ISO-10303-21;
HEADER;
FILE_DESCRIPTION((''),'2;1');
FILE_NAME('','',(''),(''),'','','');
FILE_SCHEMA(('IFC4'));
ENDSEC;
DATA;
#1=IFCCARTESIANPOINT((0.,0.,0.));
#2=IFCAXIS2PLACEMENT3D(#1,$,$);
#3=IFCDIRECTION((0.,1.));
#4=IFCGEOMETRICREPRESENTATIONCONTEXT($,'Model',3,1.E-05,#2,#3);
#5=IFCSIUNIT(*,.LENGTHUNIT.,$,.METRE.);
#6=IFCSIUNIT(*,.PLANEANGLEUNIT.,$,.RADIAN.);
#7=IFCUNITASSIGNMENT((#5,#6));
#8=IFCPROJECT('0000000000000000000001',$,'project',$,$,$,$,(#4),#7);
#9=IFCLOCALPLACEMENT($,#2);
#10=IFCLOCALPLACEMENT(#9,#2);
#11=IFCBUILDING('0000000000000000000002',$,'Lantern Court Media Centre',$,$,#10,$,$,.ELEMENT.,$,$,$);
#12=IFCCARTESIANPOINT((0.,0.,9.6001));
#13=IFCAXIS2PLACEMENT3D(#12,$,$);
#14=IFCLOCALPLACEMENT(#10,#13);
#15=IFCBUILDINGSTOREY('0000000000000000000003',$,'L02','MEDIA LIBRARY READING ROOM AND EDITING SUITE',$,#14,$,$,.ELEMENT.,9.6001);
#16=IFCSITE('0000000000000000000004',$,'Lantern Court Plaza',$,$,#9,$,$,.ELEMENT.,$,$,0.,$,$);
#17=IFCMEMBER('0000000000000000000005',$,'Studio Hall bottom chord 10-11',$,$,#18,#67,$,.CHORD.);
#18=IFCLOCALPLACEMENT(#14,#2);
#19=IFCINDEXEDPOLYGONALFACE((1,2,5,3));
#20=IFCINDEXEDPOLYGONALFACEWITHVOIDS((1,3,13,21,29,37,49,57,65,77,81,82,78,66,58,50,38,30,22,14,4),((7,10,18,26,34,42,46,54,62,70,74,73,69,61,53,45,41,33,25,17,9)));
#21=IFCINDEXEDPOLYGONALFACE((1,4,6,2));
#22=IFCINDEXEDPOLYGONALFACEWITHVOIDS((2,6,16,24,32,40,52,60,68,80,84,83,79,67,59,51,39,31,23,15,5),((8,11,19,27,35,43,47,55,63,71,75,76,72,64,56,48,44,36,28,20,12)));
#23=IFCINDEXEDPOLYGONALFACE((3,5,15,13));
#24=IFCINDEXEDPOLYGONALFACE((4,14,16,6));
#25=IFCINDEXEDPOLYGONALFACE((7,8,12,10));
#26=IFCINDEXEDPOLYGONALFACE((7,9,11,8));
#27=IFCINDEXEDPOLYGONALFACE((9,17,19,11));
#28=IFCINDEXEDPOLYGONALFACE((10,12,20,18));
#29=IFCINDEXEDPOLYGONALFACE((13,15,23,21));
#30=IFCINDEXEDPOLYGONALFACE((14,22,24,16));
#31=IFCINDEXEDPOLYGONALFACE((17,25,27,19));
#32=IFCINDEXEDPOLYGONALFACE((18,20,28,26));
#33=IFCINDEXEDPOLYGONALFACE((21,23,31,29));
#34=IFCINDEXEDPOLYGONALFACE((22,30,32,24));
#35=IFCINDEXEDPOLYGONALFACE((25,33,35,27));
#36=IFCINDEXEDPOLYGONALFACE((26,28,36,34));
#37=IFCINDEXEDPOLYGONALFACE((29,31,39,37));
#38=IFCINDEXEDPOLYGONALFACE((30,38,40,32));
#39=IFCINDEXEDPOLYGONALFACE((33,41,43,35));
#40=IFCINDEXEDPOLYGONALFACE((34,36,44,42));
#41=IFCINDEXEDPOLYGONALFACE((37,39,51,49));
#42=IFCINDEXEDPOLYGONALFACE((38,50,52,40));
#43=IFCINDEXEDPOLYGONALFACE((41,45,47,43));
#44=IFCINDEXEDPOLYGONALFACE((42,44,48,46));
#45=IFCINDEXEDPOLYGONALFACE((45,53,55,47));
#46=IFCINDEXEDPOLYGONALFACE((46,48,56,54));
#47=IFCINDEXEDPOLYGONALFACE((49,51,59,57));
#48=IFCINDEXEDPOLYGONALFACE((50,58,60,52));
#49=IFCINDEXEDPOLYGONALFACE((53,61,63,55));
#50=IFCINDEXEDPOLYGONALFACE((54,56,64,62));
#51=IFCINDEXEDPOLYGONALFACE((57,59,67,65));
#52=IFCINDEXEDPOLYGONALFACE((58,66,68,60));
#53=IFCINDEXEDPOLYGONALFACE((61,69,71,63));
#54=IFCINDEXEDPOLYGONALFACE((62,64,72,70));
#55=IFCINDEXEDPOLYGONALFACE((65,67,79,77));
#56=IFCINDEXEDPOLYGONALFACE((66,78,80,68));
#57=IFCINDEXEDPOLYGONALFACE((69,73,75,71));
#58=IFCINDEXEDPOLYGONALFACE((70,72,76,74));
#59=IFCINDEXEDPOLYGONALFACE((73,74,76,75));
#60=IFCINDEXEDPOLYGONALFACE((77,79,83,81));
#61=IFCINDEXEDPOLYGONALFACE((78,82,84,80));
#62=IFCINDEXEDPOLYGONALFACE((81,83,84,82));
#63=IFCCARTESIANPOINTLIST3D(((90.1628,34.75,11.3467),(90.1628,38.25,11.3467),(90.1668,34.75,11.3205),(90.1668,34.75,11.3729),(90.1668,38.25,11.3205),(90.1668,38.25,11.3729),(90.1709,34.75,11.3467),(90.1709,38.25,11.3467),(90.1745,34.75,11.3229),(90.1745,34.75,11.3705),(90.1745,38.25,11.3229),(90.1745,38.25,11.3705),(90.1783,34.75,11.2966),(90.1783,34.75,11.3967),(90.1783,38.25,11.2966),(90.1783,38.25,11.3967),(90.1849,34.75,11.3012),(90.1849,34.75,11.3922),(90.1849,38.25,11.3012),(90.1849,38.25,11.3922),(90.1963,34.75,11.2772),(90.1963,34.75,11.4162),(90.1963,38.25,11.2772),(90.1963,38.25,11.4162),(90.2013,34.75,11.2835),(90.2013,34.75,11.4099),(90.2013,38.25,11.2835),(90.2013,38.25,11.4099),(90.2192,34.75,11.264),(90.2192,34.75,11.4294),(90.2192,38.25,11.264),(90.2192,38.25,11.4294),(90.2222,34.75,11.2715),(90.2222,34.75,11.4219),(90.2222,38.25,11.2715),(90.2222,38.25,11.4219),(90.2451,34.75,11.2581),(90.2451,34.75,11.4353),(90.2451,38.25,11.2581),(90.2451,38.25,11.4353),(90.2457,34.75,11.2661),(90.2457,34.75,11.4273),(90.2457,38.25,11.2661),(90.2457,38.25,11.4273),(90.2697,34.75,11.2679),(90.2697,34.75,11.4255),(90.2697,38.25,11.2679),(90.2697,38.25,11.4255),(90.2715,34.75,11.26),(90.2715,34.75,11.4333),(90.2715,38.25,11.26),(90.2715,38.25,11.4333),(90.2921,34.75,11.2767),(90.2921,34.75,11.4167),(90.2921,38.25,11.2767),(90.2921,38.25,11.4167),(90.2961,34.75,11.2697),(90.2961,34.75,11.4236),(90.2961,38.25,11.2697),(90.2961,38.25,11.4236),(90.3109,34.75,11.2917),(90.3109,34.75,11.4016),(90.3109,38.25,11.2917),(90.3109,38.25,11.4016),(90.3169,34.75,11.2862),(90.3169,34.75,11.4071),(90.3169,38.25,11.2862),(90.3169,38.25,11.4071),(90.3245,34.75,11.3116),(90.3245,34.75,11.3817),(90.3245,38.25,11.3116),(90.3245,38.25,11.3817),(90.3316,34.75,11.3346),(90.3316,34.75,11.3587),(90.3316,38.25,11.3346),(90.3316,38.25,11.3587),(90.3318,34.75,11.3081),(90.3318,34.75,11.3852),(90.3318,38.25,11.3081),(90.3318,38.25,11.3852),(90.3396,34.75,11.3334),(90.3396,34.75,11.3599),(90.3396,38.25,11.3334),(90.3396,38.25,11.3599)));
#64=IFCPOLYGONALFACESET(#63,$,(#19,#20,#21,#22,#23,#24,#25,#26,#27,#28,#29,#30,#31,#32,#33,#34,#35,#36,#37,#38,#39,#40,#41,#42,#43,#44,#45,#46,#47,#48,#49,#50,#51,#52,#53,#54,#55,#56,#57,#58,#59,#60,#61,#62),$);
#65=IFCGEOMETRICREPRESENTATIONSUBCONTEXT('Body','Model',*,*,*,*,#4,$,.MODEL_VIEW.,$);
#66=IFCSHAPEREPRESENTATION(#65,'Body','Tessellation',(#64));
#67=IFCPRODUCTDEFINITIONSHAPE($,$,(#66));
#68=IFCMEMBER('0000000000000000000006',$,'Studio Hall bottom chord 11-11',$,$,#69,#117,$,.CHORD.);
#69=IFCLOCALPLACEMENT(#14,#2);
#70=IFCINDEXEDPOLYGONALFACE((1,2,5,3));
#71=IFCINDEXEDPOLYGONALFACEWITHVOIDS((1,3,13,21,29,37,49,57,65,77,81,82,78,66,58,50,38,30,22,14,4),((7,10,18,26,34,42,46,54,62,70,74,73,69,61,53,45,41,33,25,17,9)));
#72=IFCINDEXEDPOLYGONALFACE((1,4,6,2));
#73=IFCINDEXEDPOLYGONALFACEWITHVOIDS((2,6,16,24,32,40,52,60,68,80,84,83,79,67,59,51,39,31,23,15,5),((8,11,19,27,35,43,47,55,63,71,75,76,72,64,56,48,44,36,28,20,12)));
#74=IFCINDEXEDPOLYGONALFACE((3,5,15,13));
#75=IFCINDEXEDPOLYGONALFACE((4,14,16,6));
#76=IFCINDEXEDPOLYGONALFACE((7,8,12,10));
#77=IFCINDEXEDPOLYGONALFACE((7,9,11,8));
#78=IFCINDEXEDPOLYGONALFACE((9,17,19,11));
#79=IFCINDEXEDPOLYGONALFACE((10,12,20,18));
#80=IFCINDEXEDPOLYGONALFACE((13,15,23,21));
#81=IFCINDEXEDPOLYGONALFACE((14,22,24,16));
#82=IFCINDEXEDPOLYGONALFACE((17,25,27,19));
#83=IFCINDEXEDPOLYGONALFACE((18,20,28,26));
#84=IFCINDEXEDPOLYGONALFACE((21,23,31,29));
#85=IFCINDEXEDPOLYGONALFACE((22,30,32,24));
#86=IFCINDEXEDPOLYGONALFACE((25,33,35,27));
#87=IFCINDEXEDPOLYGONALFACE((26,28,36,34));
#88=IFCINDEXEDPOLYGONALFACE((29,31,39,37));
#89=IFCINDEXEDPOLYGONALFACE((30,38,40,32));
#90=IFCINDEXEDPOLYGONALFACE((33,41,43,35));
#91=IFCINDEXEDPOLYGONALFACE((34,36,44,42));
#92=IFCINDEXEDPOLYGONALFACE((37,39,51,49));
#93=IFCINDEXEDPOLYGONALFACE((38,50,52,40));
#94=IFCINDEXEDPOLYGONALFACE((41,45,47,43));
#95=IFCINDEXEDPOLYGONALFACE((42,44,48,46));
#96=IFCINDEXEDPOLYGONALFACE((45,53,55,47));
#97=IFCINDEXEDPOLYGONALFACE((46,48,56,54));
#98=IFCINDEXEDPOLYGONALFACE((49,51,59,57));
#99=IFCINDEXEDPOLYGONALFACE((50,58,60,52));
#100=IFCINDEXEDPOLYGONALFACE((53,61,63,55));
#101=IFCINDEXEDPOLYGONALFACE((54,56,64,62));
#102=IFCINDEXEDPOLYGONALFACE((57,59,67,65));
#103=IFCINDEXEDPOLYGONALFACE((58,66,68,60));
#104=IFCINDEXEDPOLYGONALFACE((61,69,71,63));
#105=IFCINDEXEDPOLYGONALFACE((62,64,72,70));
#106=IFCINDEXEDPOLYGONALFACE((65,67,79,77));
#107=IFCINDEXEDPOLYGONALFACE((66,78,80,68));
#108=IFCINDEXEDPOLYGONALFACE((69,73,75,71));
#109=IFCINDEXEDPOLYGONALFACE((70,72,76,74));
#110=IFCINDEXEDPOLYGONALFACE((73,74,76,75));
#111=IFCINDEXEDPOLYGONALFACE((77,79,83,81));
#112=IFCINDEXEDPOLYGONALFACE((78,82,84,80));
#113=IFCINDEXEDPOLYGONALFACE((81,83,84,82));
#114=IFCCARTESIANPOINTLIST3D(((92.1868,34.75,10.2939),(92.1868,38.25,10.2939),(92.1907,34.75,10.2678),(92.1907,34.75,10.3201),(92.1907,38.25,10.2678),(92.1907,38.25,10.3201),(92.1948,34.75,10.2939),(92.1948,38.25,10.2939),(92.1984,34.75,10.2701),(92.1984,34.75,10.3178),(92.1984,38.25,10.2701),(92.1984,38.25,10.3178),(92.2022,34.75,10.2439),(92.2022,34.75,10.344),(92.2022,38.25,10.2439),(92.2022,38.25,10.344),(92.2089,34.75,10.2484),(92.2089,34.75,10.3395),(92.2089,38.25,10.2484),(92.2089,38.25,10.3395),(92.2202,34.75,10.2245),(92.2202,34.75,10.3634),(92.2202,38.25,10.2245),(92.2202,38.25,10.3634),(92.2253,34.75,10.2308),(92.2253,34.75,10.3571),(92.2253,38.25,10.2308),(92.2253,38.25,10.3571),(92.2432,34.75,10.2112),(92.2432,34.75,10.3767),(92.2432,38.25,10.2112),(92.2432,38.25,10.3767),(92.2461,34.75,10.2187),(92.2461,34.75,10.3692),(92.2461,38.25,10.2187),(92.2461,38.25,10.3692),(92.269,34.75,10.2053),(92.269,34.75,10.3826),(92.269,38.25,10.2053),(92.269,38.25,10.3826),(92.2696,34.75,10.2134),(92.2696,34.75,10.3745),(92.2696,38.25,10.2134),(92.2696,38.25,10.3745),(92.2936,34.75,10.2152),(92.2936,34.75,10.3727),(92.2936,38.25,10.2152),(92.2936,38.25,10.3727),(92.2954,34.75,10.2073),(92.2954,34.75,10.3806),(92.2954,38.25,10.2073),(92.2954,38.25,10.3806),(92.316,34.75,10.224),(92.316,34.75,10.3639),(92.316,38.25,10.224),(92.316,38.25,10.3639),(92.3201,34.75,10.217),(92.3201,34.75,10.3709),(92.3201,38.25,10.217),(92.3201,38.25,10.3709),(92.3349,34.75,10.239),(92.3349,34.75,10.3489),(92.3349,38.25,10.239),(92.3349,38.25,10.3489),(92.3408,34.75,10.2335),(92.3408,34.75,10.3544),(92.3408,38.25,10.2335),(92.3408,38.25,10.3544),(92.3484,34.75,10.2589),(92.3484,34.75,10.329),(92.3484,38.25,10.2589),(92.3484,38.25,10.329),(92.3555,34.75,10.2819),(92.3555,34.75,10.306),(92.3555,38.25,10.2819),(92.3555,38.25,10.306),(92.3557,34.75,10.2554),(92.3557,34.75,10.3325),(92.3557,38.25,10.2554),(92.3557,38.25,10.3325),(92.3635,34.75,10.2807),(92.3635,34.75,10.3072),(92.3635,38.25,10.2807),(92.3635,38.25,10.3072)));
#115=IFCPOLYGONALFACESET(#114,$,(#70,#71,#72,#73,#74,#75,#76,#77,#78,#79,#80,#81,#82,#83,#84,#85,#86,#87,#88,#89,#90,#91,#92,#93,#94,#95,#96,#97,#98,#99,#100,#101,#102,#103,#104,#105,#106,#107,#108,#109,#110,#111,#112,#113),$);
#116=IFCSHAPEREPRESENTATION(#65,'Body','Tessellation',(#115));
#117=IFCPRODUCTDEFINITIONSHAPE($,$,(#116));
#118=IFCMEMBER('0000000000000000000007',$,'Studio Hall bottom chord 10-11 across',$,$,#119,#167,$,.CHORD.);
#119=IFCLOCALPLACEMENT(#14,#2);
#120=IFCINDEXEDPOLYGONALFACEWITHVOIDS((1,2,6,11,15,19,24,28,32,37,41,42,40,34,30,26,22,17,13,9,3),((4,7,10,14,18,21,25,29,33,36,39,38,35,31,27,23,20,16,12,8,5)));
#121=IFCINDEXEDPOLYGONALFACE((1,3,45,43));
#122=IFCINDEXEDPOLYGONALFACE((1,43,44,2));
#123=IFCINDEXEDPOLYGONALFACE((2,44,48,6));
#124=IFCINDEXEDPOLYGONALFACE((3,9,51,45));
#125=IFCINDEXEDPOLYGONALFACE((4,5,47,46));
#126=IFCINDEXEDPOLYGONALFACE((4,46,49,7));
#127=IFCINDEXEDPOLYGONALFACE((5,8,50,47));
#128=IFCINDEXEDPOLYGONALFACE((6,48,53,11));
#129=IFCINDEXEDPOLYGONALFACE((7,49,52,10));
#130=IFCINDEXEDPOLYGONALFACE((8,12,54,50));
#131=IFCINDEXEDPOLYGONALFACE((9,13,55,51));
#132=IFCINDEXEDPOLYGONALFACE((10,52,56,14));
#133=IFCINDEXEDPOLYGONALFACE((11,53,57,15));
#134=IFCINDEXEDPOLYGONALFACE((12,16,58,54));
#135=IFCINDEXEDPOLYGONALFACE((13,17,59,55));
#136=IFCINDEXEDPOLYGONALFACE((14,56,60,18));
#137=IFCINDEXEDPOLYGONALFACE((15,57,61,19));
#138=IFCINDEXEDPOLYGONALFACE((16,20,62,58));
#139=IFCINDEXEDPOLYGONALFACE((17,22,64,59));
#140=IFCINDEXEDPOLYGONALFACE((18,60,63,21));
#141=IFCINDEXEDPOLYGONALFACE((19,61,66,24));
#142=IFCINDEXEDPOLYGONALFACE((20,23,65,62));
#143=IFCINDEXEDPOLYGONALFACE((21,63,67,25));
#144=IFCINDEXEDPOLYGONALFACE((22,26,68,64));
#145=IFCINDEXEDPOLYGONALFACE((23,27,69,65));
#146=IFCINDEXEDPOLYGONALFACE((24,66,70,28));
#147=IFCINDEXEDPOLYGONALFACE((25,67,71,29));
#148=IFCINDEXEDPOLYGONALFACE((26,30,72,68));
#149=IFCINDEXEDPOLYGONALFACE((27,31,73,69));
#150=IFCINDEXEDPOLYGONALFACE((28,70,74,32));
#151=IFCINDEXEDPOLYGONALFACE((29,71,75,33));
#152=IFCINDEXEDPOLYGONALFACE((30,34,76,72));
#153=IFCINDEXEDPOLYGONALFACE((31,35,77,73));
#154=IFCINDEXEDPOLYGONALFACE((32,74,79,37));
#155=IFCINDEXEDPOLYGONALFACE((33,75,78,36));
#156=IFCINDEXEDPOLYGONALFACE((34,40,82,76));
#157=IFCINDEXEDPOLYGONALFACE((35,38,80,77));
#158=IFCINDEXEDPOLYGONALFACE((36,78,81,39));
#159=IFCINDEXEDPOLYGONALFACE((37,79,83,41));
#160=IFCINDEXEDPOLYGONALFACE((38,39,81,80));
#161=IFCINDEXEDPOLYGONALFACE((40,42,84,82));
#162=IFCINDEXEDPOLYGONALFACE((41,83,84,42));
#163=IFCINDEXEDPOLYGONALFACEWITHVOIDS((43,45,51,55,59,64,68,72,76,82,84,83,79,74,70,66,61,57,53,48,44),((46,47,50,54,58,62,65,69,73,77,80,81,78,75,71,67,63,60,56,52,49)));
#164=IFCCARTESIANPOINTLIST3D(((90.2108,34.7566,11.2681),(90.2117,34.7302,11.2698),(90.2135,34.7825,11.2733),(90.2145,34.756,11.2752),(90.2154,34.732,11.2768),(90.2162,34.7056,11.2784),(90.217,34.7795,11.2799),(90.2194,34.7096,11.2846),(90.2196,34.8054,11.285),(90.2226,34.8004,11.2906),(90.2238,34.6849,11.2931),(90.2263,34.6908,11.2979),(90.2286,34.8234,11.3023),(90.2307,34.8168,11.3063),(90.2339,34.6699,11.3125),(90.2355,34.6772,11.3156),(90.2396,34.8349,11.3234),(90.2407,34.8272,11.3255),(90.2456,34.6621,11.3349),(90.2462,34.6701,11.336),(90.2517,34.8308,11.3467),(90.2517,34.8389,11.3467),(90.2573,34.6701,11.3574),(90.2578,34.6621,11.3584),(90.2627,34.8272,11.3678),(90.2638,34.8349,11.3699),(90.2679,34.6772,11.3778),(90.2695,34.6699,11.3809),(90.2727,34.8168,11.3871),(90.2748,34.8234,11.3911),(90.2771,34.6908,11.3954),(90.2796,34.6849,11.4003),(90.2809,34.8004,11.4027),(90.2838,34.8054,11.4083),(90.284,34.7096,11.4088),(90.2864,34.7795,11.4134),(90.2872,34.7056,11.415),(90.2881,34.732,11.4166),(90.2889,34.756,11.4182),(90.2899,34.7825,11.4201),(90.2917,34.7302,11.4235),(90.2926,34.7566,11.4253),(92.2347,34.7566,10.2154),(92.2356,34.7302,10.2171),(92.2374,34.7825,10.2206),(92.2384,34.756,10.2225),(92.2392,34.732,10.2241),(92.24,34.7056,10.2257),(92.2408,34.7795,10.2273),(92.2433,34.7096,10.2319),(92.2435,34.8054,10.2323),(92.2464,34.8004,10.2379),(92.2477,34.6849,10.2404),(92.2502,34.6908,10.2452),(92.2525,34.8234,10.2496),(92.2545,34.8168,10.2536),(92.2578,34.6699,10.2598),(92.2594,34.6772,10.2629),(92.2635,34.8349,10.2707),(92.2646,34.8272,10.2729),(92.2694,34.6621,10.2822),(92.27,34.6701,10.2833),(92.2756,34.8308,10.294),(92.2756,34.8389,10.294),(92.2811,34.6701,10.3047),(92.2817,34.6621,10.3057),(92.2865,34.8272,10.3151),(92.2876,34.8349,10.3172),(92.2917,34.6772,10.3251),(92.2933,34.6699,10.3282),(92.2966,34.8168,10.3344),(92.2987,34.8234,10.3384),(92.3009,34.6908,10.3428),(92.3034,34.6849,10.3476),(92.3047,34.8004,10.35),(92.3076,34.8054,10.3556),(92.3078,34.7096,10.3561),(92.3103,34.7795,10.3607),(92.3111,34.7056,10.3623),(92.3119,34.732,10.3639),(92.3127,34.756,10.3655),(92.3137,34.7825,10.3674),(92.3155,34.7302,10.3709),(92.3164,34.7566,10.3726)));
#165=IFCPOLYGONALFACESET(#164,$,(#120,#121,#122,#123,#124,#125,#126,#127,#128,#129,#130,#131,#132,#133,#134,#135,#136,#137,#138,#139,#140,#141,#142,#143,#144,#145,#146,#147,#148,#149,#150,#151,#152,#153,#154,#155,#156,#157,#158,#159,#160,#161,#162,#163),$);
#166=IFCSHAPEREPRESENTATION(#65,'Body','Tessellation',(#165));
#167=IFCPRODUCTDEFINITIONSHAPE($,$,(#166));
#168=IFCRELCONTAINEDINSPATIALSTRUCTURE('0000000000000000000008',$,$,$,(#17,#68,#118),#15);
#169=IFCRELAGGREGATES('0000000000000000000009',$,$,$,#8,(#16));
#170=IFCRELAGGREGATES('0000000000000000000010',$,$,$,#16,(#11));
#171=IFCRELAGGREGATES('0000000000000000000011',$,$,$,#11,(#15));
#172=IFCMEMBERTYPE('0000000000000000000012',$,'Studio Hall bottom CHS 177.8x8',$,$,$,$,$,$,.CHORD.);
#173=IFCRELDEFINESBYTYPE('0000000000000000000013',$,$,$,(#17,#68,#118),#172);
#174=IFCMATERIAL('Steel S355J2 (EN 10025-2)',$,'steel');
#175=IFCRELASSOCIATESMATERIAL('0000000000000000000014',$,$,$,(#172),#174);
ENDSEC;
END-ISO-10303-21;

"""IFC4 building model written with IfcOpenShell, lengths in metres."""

from ifc_helpers import new_model, si_unit, direction, frame, origin, origin_2d, place, context, subcontext, project, spatial, hollow_circle, extrude, material, material_profile, profile_set, type_object, element, save


model = new_model("IFC4")

# Units and contexts
model_context = context("Model", 3, precision=1e-05, world=origin(), true_north=direction((0.0, 1.0)))
body_context = subcontext(model_context, "Body", "Model", "MODEL_VIEW")
ifc_project = project(units=[si_unit("LENGTHUNIT", "METRE"), si_unit("PLANEANGLEUNIT", "RADIAN")], contexts=[model_context])

# Site, building, storey
site_placement = place(None, origin())
site = spatial("IfcSite", under=ifc_project, at=site_placement, Name="Lantern Court Plaza", CompositionType="ELEMENT", RefElevation=0.0)
building_placement = place(site_placement, origin())
building = spatial("IfcBuilding", under=site, at=building_placement, Name="Lantern Court Media Centre", CompositionType="ELEMENT")
storey_placement = place(building_placement, frame((0.0, 0.0, 9.6001)))
storey = spatial("IfcBuildingStorey", under=building, at=storey_placement, Name="L02", Description="MEDIA LIBRARY READING ROOM AND EDITING SUITE", CompositionType="ELEMENT", Elevation=9.6001)

# Members
ifc_material = material(Name="Steel S355J2 (EN 10025-2)", Category="steel")
ifc_material_profile_1 = material_profile(ifc_material, hollow_circle(Radius=0.0889, WallThickness=0.0081, at=origin_2d()), Name="Studio Hall bottom CHS 177.8x8")
ifc_profile_set_1 = profile_set([ifc_material_profile_1], Name="Steel S355J2 (EN 10025-2)")
member_type_1 = type_object("IfcMemberType", Name="Studio Hall bottom CHS 177.8x8", PredefinedType="CHORD", material=ifc_profile_set_1)
for number, where, z_axis, x_axis, name in (
    (1, (90.2517, 34.75, 11.3467), (0.0, 1.0, 0.0), (-1.0, 0.0, 0.0), "Studio Hall bottom chord 10-11"),
    (2, (92.2756, 34.75, 10.2939), (0.0, 1.0, 0.0), (-1.0, 0.0, 0.0), "Studio Hall bottom chord 11-11"),
):
    element("IfcMember", number, at=place(storey_placement, frame(where, z_axis=z_axis, x_axis=x_axis)), inside=storey, type_object=member_type_1, Name=name, PredefinedType="CHORD", context=body_context, shape_type="SweptSolid", body=[
        extrude(hollow_circle(Radius=0.0889, WallThickness=0.0081, at=origin_2d()), origin(), (0.0, 0.0, 1.0), 3.5),
    ])
member_1_placement = place(storey_placement, frame((90.2517, 34.75, 11.3467), z_axis=(0.887164, 0.0, -0.461454), x_axis=(0.0, 1.0, 0.0)))
element("IfcMember", 3, at=member_1_placement, inside=storey, type_object=member_type_1, Name="Studio Hall bottom chord 10-11 across", PredefinedType="CHORD", context=body_context, shape_type="SweptSolid", body=[
    extrude(hollow_circle(Radius=0.0889, WallThickness=0.0081, at=origin_2d()), origin(), (0.0, 0.0, 1.0), 2.2812),
])

save(model, "model.ifc")
